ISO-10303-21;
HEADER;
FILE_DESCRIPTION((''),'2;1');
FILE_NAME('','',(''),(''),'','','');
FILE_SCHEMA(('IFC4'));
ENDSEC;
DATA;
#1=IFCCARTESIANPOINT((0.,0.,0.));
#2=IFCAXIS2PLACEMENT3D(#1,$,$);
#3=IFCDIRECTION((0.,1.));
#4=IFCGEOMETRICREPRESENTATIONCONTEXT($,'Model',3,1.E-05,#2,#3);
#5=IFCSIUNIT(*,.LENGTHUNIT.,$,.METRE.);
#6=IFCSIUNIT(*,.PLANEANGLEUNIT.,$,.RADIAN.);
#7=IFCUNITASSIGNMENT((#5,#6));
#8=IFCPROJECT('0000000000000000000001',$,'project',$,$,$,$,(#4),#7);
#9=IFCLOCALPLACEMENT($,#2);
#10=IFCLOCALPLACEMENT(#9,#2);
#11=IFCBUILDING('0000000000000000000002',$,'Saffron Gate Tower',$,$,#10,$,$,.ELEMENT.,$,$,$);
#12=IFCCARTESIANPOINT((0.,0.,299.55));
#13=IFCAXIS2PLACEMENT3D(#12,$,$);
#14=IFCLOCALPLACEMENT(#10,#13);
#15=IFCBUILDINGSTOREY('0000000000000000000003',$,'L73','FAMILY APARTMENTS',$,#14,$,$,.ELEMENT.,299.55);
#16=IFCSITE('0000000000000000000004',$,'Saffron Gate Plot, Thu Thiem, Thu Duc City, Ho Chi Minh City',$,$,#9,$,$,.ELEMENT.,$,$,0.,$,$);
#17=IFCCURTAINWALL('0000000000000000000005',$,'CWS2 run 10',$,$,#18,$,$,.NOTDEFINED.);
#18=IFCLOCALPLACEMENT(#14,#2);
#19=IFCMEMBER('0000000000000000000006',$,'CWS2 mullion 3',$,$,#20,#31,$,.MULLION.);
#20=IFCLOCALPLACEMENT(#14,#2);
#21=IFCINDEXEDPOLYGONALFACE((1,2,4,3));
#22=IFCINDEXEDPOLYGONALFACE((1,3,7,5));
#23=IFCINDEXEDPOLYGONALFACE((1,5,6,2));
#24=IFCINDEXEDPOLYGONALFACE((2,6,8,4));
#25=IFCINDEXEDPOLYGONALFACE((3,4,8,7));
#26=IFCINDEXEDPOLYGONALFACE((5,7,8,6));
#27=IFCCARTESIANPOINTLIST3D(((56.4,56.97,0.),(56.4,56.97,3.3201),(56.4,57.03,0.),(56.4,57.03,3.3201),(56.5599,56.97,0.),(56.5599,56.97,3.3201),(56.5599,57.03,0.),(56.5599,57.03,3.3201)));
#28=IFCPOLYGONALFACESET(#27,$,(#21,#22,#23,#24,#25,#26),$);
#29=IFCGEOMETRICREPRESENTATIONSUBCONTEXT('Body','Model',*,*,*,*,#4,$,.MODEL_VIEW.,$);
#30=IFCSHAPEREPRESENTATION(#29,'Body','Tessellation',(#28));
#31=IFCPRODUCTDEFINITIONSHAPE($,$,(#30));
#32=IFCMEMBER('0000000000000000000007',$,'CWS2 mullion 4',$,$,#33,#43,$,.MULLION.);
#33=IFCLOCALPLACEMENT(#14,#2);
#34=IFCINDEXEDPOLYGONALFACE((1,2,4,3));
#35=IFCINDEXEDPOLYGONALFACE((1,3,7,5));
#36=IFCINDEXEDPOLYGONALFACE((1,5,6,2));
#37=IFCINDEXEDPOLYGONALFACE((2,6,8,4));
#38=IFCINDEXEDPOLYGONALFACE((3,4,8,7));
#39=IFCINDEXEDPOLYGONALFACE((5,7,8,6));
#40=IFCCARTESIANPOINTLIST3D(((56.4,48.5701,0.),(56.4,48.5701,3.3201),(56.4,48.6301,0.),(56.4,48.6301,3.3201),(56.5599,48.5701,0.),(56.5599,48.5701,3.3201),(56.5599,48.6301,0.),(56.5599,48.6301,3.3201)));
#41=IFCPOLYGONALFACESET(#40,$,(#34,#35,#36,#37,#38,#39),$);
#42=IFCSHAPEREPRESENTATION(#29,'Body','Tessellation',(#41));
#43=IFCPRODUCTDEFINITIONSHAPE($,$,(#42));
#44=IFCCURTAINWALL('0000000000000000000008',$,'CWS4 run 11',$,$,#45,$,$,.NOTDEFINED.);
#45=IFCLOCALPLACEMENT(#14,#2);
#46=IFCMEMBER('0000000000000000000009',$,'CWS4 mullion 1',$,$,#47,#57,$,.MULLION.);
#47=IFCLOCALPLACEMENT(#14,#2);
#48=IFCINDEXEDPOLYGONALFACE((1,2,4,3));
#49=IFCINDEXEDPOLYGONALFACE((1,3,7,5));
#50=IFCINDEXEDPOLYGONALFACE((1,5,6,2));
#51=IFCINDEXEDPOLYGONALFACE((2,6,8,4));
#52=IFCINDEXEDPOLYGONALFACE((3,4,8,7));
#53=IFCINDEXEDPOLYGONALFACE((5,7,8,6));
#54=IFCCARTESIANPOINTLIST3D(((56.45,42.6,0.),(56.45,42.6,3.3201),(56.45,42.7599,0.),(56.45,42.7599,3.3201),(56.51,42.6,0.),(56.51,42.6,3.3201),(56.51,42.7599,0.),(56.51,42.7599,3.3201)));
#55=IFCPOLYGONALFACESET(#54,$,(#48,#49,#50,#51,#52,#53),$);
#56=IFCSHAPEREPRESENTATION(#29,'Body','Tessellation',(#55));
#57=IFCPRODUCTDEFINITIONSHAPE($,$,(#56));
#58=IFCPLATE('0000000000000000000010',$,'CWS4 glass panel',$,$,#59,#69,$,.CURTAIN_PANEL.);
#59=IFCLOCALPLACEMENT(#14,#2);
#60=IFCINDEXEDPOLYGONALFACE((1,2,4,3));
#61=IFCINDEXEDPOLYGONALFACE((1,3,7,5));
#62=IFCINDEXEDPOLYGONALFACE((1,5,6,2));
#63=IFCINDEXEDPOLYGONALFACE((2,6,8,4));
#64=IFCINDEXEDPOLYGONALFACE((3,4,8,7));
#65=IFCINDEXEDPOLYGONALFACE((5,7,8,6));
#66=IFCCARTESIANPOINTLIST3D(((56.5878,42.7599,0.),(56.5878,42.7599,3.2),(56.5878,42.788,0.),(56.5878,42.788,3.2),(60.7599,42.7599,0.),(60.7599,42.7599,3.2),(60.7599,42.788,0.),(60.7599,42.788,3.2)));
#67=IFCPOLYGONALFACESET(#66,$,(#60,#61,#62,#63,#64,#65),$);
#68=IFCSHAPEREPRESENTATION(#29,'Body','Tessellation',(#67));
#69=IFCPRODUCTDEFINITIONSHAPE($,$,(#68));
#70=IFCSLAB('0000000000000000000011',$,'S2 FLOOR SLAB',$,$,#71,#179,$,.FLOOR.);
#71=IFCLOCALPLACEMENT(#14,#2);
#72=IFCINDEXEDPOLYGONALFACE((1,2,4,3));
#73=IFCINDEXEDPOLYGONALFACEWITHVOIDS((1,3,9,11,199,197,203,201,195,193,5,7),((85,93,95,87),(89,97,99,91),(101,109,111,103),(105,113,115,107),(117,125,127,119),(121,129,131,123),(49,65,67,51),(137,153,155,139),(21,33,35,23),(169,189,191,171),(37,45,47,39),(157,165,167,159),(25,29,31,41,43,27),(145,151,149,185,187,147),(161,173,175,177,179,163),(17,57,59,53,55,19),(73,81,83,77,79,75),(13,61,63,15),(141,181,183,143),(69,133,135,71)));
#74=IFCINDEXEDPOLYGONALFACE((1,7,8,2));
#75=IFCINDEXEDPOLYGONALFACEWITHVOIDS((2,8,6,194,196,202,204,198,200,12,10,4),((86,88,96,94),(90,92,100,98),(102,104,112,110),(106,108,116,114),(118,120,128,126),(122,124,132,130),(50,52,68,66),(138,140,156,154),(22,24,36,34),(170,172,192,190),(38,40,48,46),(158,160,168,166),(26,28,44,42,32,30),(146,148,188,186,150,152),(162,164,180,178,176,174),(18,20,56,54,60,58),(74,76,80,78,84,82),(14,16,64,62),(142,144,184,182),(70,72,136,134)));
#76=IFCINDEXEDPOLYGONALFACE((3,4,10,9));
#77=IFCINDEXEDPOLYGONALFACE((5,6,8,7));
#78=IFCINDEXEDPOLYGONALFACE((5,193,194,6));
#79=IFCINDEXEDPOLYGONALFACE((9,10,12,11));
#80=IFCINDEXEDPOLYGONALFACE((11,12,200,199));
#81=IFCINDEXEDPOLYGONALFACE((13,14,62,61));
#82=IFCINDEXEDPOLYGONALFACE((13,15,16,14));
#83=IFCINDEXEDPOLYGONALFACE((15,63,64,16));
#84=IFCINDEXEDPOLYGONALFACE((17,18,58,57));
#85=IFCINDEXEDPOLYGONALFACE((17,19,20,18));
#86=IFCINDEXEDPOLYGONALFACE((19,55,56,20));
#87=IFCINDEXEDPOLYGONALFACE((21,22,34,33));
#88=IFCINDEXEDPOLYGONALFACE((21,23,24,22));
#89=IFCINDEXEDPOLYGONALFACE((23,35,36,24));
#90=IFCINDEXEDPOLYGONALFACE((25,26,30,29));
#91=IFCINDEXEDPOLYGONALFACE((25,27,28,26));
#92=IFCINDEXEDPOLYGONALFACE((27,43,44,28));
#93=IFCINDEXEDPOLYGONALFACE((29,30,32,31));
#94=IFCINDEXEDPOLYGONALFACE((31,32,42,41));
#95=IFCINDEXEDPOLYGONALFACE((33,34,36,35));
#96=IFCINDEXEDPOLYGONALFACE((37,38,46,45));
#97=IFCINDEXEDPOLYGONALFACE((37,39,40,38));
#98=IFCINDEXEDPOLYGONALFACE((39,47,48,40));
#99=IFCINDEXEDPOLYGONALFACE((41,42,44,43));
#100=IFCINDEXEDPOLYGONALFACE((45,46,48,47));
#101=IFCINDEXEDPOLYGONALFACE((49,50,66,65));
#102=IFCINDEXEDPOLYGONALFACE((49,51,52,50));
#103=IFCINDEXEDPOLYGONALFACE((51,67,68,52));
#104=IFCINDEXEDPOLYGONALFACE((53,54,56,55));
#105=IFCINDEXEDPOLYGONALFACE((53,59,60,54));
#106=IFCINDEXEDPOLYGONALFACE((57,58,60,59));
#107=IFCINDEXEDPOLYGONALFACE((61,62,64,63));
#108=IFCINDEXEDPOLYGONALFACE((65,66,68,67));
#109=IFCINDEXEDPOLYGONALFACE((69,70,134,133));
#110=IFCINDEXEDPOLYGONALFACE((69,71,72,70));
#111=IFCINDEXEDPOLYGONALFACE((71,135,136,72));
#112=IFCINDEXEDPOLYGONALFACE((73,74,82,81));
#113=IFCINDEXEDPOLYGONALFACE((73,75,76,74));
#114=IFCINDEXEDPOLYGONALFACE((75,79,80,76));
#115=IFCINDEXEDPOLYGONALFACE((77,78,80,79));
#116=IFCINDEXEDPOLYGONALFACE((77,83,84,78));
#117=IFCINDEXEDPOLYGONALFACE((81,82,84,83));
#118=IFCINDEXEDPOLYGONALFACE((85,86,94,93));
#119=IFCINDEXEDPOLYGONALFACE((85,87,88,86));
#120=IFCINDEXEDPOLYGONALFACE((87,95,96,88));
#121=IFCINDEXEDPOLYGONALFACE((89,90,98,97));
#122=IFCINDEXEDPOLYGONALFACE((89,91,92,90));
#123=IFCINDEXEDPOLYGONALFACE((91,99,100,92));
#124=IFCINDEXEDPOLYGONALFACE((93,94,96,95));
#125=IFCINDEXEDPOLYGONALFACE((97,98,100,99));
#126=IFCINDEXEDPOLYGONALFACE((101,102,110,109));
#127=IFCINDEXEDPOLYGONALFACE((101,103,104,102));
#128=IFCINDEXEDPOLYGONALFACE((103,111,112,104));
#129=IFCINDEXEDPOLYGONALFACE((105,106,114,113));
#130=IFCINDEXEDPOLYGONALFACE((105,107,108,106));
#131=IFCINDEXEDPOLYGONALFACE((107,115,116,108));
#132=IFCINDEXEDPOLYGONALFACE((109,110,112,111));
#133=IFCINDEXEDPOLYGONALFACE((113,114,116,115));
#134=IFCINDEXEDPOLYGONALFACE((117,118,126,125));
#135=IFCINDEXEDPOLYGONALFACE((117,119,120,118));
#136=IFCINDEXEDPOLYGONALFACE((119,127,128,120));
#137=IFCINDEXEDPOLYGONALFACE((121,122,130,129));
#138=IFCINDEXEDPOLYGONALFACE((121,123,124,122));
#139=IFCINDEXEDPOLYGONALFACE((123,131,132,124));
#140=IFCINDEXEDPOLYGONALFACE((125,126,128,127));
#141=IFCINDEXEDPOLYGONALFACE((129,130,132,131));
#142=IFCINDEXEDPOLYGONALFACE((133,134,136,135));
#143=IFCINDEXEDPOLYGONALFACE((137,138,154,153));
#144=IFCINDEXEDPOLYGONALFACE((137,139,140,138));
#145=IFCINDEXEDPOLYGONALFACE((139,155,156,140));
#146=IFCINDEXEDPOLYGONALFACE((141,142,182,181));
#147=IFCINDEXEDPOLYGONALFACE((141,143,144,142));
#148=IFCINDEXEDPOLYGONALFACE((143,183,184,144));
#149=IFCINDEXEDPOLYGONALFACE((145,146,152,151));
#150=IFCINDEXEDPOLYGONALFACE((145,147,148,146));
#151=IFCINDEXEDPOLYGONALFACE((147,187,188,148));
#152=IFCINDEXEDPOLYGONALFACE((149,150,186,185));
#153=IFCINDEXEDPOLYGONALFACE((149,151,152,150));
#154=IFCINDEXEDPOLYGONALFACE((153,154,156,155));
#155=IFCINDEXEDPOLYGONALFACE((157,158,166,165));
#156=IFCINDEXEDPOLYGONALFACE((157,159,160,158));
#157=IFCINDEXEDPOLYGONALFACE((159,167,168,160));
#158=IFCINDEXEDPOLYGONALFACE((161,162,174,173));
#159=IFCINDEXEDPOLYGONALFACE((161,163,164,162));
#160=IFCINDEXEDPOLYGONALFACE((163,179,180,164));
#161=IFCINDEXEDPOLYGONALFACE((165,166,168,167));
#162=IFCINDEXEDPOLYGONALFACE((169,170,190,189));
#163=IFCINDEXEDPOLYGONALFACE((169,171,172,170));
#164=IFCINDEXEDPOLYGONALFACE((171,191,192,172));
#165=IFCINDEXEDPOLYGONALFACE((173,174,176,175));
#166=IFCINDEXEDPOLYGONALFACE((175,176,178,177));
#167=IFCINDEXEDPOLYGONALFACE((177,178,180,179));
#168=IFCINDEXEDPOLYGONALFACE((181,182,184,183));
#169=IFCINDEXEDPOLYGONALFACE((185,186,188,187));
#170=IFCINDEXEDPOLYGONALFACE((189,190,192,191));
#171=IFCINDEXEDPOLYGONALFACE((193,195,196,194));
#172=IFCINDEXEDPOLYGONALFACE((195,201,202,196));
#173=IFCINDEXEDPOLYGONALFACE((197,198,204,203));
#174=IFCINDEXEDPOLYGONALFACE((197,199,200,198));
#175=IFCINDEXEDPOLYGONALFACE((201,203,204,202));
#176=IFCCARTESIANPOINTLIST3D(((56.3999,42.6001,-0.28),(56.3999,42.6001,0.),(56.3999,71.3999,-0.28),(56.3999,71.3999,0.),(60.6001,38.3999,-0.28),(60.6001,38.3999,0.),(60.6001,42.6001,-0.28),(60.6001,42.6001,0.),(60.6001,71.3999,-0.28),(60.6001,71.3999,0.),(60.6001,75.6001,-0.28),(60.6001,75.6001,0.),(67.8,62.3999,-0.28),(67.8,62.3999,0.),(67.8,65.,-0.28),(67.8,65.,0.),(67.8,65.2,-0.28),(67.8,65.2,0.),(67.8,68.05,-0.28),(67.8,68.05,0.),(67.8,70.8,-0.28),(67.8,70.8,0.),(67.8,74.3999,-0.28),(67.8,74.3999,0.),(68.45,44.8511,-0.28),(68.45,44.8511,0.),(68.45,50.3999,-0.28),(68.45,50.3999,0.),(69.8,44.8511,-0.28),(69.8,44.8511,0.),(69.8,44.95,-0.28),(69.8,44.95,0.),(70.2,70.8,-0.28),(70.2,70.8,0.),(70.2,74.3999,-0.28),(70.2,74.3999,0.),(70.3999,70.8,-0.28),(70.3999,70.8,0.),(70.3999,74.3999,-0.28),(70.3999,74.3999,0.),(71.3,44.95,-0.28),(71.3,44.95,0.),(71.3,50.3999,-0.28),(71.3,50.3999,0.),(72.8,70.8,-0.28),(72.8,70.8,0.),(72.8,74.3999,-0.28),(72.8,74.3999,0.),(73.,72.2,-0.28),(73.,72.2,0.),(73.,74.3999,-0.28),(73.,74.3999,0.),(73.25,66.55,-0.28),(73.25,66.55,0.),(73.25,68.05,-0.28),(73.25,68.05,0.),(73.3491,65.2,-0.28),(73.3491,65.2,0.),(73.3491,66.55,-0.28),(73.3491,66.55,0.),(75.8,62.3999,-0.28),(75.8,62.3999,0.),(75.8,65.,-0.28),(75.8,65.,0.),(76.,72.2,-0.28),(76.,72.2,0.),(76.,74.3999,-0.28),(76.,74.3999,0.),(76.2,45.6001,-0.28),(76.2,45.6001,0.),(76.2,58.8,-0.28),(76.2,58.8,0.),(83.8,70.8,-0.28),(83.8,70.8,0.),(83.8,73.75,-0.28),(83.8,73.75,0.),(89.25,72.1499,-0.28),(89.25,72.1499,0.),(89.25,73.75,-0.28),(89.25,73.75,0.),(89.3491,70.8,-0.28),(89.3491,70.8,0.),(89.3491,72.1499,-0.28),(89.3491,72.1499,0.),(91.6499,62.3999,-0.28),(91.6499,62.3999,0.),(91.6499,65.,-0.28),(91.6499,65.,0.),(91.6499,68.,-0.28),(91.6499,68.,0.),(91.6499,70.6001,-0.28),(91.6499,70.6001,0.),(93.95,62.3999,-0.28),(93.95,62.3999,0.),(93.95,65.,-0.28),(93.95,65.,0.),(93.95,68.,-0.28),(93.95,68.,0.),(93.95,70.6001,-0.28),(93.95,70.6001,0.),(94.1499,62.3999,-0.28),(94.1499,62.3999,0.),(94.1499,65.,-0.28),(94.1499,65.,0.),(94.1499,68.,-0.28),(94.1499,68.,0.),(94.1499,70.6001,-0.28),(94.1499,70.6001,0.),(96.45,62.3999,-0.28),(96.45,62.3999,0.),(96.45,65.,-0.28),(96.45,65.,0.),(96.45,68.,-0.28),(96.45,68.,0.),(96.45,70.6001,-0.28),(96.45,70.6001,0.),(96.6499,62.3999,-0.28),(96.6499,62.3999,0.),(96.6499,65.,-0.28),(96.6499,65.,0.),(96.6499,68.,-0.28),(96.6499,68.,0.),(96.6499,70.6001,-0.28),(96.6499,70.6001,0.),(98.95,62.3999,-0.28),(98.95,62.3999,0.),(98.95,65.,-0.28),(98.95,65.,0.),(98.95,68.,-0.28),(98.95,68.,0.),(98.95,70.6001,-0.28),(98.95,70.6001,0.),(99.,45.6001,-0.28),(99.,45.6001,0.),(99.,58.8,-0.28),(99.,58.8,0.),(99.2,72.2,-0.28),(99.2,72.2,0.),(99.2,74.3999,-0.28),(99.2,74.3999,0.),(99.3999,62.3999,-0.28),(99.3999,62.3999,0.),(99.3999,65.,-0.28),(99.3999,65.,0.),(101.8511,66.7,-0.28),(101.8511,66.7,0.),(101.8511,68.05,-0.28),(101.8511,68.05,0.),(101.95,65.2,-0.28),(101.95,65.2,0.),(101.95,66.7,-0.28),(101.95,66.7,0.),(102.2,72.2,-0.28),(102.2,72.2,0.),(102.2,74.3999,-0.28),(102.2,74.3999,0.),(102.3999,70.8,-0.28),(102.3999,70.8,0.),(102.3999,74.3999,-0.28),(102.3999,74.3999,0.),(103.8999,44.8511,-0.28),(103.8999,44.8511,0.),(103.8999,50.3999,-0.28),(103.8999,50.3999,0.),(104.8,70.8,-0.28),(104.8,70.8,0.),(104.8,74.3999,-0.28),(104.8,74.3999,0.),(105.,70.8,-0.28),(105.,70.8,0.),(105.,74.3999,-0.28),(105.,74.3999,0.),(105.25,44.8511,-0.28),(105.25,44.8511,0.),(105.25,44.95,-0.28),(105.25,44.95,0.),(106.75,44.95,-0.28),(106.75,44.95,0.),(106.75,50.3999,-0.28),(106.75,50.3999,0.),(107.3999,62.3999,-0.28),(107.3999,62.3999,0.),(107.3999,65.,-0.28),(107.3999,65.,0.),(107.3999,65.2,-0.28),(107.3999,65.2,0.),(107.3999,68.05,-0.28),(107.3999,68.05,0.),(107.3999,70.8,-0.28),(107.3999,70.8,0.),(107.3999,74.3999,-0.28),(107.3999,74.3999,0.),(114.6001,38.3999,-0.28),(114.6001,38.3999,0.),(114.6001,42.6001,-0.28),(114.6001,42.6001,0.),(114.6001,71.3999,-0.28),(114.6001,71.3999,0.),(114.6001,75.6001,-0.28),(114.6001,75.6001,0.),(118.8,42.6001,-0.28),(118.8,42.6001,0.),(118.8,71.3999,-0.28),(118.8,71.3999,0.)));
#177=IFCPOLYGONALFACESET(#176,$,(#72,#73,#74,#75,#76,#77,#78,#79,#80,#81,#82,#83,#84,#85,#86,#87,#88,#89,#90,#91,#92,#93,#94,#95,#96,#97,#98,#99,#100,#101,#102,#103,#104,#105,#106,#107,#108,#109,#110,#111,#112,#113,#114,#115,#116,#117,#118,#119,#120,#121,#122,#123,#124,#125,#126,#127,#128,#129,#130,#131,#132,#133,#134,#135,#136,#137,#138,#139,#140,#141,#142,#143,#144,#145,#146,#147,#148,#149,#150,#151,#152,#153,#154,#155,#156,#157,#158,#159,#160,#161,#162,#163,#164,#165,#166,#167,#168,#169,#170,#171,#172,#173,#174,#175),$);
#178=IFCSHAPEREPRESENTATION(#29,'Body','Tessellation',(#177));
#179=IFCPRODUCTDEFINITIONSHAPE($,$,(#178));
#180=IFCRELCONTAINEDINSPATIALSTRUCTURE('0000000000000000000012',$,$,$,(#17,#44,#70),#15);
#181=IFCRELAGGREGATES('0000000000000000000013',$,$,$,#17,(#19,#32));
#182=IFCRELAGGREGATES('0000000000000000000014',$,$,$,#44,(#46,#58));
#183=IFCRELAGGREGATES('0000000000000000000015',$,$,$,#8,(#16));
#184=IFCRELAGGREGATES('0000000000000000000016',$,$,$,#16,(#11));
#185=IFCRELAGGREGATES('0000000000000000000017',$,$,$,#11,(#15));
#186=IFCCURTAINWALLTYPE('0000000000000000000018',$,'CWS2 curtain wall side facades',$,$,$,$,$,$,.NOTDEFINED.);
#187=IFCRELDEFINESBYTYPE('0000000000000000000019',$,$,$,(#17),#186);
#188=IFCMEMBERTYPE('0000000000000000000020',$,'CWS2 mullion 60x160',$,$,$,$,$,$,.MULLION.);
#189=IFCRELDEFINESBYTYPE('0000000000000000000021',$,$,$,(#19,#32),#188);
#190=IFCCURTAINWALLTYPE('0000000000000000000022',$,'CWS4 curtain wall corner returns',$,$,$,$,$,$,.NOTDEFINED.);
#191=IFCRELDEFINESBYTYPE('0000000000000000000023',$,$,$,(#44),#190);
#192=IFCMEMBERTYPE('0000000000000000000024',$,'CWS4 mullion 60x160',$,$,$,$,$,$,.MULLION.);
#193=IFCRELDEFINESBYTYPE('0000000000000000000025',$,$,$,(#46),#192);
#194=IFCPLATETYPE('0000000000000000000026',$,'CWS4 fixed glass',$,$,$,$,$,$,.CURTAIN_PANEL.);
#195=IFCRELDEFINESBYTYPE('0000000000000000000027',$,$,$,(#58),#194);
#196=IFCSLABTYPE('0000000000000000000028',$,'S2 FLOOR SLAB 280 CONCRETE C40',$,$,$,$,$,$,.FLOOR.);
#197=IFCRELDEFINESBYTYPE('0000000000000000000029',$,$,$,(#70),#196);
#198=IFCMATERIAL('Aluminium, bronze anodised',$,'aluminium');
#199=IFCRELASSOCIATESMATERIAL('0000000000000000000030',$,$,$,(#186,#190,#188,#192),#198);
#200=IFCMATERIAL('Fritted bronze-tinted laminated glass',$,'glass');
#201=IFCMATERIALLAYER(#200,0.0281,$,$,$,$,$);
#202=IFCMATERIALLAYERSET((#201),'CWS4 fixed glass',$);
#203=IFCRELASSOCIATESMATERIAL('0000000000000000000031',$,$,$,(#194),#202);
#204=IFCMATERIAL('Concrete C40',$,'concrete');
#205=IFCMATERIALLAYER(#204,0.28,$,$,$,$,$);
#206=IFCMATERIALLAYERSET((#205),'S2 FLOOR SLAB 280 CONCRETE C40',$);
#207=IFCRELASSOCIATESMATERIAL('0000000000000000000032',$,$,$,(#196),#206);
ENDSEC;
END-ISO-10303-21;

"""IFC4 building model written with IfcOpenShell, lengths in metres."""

from ifc_helpers import new_model, si_unit, direction, frame, frame_2d, origin, origin_2d, place, context, subcontext, project, spatial, polyline, rectangle, outline, extrude, material, layer, layer_set, material_profile, profile_set, type_object, element, aggregate, save


model = new_model("IFC4")

# Units and contexts
model_context = context("Model", 3, precision=1e-05, world=origin(), true_north=direction((0.0, 1.0)))
body_context = subcontext(model_context, "Body", "Model", "MODEL_VIEW")
ifc_project = project(units=[si_unit("LENGTHUNIT", "METRE"), si_unit("PLANEANGLEUNIT", "RADIAN")], contexts=[model_context])

# Site, building, storey
site_placement = place(None, origin())
site = spatial("IfcSite", under=ifc_project, at=site_placement, Name="Saffron Gate Plot, Thu Thiem, Thu Duc City, Ho Chi Minh City", CompositionType="ELEMENT", RefElevation=0.0)
building_placement = place(site_placement, origin())
building = spatial("IfcBuilding", under=site, at=building_placement, Name="Saffron Gate Tower", CompositionType="ELEMENT")
storey_placement = place(building_placement, frame((0.0, 0.0, 299.55)))
storey = spatial("IfcBuildingStorey", under=building, at=storey_placement, Name="L73", Description="FAMILY APARTMENTS", CompositionType="ELEMENT", Elevation=299.55)

# Curtain wall, members
ifc_material_1 = material(Name="Aluminium, bronze anodised", Category="aluminium")
curtain_wall_type_1 = type_object("IfcCurtainWallType", Name="CWS2 curtain wall side facades", PredefinedType="NOTDEFINED", material=ifc_material_1)
curtain_wall_1_placement = place(storey_placement, origin())
curtain_wall_1 = element("IfcCurtainWall", 1, at=curtain_wall_1_placement, inside=storey, type_object=curtain_wall_type_1, Name="CWS2 run 10", PredefinedType="NOTDEFINED")
ifc_material_profile_1 = material_profile(ifc_material_1, rectangle(XDim=0.1599, YDim=0.0601, at=origin_2d()))
ifc_profile_set_1 = profile_set([ifc_material_profile_1], Name="Aluminium, bronze anodised")
member_type_1 = type_object("IfcMemberType", Name="CWS2 mullion 60x160", PredefinedType="MULLION", material=ifc_profile_set_1)
member_1_placement = place(storey_placement, frame((56.48, 57.0, 0.0), z_axis=(0.0, 0.0, 1.0), x_axis=(1.0, 0.0, 0.0)))
member_1 = element("IfcMember", 2, at=member_1_placement, type_object=member_type_1, Name="CWS2 mullion 3", PredefinedType="MULLION", context=body_context, shape_type="SweptSolid", body=[
    extrude(rectangle(XDim=0.1599, YDim=0.0601, at=origin_2d()), origin(), (0.0, 0.0, 1.0), 3.3201),
])
member_2_placement = place(storey_placement, frame((56.48, 48.6001, 0.0), z_axis=(0.0, 0.0, 1.0), x_axis=(1.0, 0.0, 0.0)))
member_2 = element("IfcMember", 3, at=member_2_placement, type_object=member_type_1, Name="CWS2 mullion 4", PredefinedType="MULLION", context=body_context, shape_type="SweptSolid", body=[
    extrude(rectangle(XDim=0.1599, YDim=0.0601, at=origin_2d()), origin(), (0.0, 0.0, 1.0), 3.3201),
])
aggregate(curtain_wall_1, [member_1, member_2])

# Curtain wall, member, plate
curtain_wall_type_2 = type_object("IfcCurtainWallType", Name="CWS4 curtain wall corner returns", PredefinedType="NOTDEFINED", material=ifc_material_1)
curtain_wall_2_placement = place(storey_placement, origin())
curtain_wall_2 = element("IfcCurtainWall", 4, at=curtain_wall_2_placement, inside=storey, type_object=curtain_wall_type_2, Name="CWS4 run 11", PredefinedType="NOTDEFINED")
ifc_material_profile_2 = material_profile(ifc_material_1, rectangle(XDim=0.1599, YDim=0.0601, at=origin_2d()))
ifc_profile_set_2 = profile_set([ifc_material_profile_2], Name="Aluminium, bronze anodised")
member_type_2 = type_object("IfcMemberType", Name="CWS4 mullion 60x160", PredefinedType="MULLION", material=ifc_profile_set_2)
member_3_placement = place(storey_placement, frame((56.48, 42.6799, 0.0), z_axis=(0.0, 0.0, 1.0), x_axis=(0.0, 1.0, 0.0)))
member_3 = element("IfcMember", 5, at=member_3_placement, type_object=member_type_2, Name="CWS4 mullion 1", PredefinedType="MULLION", context=body_context, shape_type="SweptSolid", body=[
    extrude(rectangle(XDim=0.1599, YDim=0.0601, at=origin_2d()), origin(), (0.0, 0.0, 1.0), 3.3201),
])
ifc_material_2 = material(Name="Fritted bronze-tinted laminated glass", Category="glass")
ifc_layer_1 = layer(ifc_material_2, 0.0281)
ifc_layer_set_1 = layer_set([ifc_layer_1], Name="CWS4 fixed glass")
plate_type = type_object("IfcPlateType", Name="CWS4 fixed glass", PredefinedType="CURTAIN_PANEL", material=ifc_layer_set_1)
plate_placement = place(storey_placement, frame((56.5879, 42.7739, 0.0), z_axis=(0.0, 0.0, 1.0), x_axis=(1.0, 0.0, 0.0)))
plate = element("IfcPlate", 6, at=plate_placement, type_object=plate_type, Name="CWS4 glass panel", PredefinedType="CURTAIN_PANEL", context=body_context, shape_type="SweptSolid", body=[
    extrude(rectangle(XDim=4.1721, YDim=0.0281, at=frame_2d((2.0859, 0.0))), origin(), (0.0, 0.0, 1.0), 3.2),
])
aggregate(curtain_wall_2, [member_3, plate])

# Slab
ifc_material_3 = material(Name="Concrete C40", Category="concrete")
ifc_layer_2 = layer(ifc_material_3, 0.28)
ifc_layer_set_2 = layer_set([ifc_layer_2], Name="S2 FLOOR SLAB 280 CONCRETE C40")
slab_type_1 = type_object("IfcSlabType", Name="S2 FLOOR SLAB 280 CONCRETE C40", PredefinedType="FLOOR", material=ifc_layer_set_2)
slab_1_placement = place(storey_placement, frame((0.0, 0.0, -0.28)))
element("IfcSlab", 7, at=slab_1_placement, inside=storey, type_object=slab_type_1, Name="S2 FLOOR SLAB", PredefinedType="FLOOR", context=body_context, shape_type="SweptSolid", body=[
    extrude(outline(polyline([(56.3999, 42.6001), (60.6001, 42.6001), (60.6001, 38.3999), (114.6001, 38.3999), (114.6001, 42.6001), (118.8, 42.6001), (118.8, 71.3999), (114.6001, 71.3999), (114.6001, 75.6001), (60.6001, 75.6001), (60.6001, 71.3999), (56.3999, 71.3999), (56.3999, 42.6001)]), holes=[polyline([(67.8, 62.3999), (67.8, 65.0), (75.8, 65.0), (75.8, 62.3999), (67.8, 62.3999)]), polyline([(67.8, 65.2), (67.8, 68.05), (73.25, 68.05), (73.25, 66.55), (73.3491, 66.55), (73.3491, 65.2), (67.8, 65.2)]), polyline([(67.8, 70.8), (67.8, 74.3999), (70.2, 74.3999), (70.2, 70.8), (67.8, 70.8)]), polyline([(68.45, 44.8511), (68.45, 50.3999), (71.3, 50.3999), (71.3, 44.95), (69.8, 44.95), (69.8, 44.8511), (68.45, 44.8511)]), polyline([(70.3999, 70.8), (70.3999, 74.3999), (72.8, 74.3999), (72.8, 70.8), (70.3999, 70.8)]), polyline([(73.0, 72.2), (73.0, 74.3999), (76.0, 74.3999), (76.0, 72.2), (73.0, 72.2)]), polyline([(76.2, 45.6001), (76.2, 58.8), (99.0, 58.8), (99.0, 45.6001), (76.2, 45.6001)]), polyline([(83.8, 70.8), (83.8, 73.75), (89.25, 73.75), (89.25, 72.1499), (89.3491, 72.1499), (89.3491, 70.8), (83.8, 70.8)]), polyline([(91.6499, 62.3999), (91.6499, 65.0), (93.95, 65.0), (93.95, 62.3999), (91.6499, 62.3999)]), polyline([(91.6499, 68.0), (91.6499, 70.6001), (93.95, 70.6001), (93.95, 68.0), (91.6499, 68.0)]), polyline([(94.1499, 62.3999), (94.1499, 65.0), (96.45, 65.0), (96.45, 62.3999), (94.1499, 62.3999)]), polyline([(94.1499, 68.0), (94.1499, 70.6001), (96.45, 70.6001), (96.45, 68.0), (94.1499, 68.0)]), polyline([(96.6499, 62.3999), (96.6499, 65.0), (98.95, 65.0), (98.95, 62.3999), (96.6499, 62.3999)]), polyline([(96.6499, 68.0), (96.6499, 70.6001), (98.95, 70.6001), (98.95, 68.0), (96.6499, 68.0)]), polyline([(99.2, 72.2), (99.2, 74.3999), (102.2, 74.3999), (102.2, 72.2), (99.2, 72.2)]), polyline([(99.3999, 62.3999), (99.3999, 65.0), (107.3999, 65.0), (107.3999, 62.3999), (99.3999, 62.3999)]), polyline([(101.8511, 66.7), (101.8511, 68.05), (107.3999, 68.05), (107.3999, 65.2), (101.95, 65.2), (101.95, 66.7), (101.8511, 66.7)]), polyline([(102.3999, 70.8), (102.3999, 74.3999), (104.8, 74.3999), (104.8, 70.8), (102.3999, 70.8)]), polyline([(103.8999, 44.8511), (103.8999, 50.3999), (106.75, 50.3999), (106.75, 44.95), (105.25, 44.95), (105.25, 44.8511), (103.8999, 44.8511)]), polyline([(105.0, 70.8), (105.0, 74.3999), (107.3999, 74.3999), (107.3999, 70.8), (105.0, 70.8)])]), origin(), (0.0, 0.0, 1.0), 0.28),
])

save(model, "model.ifc")
